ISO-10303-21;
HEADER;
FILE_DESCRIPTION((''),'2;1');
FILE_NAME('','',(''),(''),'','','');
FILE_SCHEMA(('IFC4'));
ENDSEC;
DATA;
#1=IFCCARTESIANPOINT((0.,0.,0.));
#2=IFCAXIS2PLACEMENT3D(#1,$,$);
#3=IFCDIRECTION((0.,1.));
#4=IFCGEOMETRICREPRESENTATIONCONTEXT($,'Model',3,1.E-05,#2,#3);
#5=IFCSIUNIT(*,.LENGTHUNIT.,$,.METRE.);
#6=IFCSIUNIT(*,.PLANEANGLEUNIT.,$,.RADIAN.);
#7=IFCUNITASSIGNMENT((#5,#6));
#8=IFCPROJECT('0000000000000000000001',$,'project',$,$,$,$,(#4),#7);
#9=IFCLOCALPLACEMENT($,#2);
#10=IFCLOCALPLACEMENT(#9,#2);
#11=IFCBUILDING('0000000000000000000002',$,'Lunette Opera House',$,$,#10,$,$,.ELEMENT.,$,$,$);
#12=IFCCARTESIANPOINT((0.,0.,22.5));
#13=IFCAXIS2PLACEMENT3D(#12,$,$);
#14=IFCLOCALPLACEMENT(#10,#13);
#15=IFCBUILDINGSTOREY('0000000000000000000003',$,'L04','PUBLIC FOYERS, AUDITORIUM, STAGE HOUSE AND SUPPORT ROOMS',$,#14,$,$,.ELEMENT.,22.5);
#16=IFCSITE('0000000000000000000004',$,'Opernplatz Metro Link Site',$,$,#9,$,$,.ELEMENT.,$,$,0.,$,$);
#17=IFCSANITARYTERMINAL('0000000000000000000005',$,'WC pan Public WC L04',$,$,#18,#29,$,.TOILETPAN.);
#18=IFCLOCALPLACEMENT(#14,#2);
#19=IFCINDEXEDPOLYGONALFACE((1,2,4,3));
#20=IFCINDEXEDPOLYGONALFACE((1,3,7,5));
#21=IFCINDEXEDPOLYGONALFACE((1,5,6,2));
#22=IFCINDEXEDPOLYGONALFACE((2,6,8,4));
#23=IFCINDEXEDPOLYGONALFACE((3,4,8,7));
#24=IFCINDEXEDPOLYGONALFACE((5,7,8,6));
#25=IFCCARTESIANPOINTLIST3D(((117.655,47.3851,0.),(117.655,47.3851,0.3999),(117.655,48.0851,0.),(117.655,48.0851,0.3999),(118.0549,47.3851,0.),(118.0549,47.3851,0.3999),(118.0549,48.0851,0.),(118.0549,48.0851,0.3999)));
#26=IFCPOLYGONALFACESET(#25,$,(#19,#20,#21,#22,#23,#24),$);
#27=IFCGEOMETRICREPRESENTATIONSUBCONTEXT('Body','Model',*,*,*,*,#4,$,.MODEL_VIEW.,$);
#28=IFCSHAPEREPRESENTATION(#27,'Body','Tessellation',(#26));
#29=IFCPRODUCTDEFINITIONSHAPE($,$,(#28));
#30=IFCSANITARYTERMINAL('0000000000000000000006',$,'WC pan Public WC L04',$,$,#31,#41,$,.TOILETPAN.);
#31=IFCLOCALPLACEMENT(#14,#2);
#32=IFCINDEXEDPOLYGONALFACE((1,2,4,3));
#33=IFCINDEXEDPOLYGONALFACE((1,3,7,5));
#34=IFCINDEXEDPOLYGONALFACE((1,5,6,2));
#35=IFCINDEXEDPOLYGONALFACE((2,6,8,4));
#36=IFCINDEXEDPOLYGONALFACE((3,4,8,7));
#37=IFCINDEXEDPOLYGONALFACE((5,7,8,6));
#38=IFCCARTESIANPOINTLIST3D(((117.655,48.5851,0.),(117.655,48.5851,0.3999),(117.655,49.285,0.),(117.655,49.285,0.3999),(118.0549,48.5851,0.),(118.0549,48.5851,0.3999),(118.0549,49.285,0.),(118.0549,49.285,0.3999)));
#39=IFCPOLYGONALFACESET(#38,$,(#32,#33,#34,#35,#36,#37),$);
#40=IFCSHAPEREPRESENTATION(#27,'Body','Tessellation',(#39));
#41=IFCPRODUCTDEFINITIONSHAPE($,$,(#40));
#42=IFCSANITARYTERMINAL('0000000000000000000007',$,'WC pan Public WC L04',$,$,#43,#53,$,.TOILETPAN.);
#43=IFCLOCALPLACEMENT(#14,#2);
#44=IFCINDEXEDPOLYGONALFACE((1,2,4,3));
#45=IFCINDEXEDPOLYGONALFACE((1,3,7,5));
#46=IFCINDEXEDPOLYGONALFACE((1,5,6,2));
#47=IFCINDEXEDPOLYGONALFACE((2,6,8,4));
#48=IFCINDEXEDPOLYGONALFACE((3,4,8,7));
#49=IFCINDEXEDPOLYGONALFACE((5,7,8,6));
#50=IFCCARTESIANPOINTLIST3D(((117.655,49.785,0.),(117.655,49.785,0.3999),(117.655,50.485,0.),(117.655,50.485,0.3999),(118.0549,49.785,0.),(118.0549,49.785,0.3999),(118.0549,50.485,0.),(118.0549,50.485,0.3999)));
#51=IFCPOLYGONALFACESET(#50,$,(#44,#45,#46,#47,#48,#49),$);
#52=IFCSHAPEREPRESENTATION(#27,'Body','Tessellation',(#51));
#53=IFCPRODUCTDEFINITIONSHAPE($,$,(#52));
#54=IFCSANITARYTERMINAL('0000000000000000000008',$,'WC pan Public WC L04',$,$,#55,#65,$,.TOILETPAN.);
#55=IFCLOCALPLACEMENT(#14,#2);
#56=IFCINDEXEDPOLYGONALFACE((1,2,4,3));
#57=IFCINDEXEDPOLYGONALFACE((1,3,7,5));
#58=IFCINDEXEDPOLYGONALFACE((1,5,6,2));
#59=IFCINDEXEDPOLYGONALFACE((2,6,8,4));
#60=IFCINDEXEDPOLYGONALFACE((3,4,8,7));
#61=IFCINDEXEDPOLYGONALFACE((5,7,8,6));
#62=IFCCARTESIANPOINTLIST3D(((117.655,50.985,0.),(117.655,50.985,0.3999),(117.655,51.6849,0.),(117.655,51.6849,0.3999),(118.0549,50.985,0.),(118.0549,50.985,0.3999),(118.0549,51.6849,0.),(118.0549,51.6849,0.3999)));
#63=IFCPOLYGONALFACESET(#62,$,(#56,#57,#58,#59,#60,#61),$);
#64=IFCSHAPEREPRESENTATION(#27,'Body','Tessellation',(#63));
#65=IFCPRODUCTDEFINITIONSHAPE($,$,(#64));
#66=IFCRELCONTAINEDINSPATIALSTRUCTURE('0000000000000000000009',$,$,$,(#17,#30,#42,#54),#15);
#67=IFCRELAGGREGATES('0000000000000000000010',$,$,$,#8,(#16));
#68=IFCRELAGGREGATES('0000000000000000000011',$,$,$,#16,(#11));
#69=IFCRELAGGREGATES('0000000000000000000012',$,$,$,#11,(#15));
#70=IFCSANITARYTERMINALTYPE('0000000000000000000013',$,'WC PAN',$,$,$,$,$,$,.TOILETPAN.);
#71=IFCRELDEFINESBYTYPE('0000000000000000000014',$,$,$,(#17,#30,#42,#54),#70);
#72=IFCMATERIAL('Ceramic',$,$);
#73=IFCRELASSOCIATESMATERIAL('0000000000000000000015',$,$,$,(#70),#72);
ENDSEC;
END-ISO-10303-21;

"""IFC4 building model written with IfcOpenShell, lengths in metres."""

from ifc_helpers import new_model, si_unit, direction, frame, origin, origin_2d, place, context, subcontext, project, spatial, rectangle, extrude, material, type_object, element, save


model = new_model("IFC4")

# Units and contexts
model_context = context("Model", 3, precision=1e-05, world=origin(), true_north=direction((0.0, 1.0)))
body_context = subcontext(model_context, "Body", "Model", "MODEL_VIEW")
ifc_project = project(units=[si_unit("LENGTHUNIT", "METRE"), si_unit("PLANEANGLEUNIT", "RADIAN")], contexts=[model_context])

# Site, building, storey
site_placement = place(None, origin())
site = spatial("IfcSite", under=ifc_project, at=site_placement, Name="Opernplatz Metro Link Site", CompositionType="ELEMENT", RefElevation=0.0)
building_placement = place(site_placement, origin())
building = spatial("IfcBuilding", under=site, at=building_placement, Name="Lunette Opera House", CompositionType="ELEMENT")
storey_placement = place(building_placement, frame((0.0, 0.0, 22.5)))
storey = spatial("IfcBuildingStorey", under=building, at=storey_placement, Name="L04", Description="PUBLIC FOYERS, AUDITORIUM, STAGE HOUSE AND SUPPORT ROOMS", CompositionType="ELEMENT", Elevation=22.5)

# Sanitary terminals
ifc_material_1 = material(Name="Ceramic")
sanitary_terminal_type_1 = type_object("IfcSanitaryTerminalType", Name="WC PAN", PredefinedType="TOILETPAN", material=ifc_material_1)
for number, where, z_axis, x_axis, name in (
    (1, (117.855, 47.7351, 0.0), (0.0, 0.0, 1.0), (1.0, 0.0, 0.0), "WC pan Public WC L04"),
    (2, (117.855, 48.9351, 0.0), (0.0, 0.0, 1.0), (1.0, 0.0, 0.0), "WC pan Public WC L04"),
    (3, (117.855, 50.135, 0.0), (0.0, 0.0, 1.0), (1.0, 0.0, 0.0), "WC pan Public WC L04"),
    (4, (117.855, 51.335, 0.0), (0.0, 0.0, 1.0), (1.0, 0.0, 0.0), "WC pan Public WC L04"),
):
    element("IfcSanitaryTerminal", number, at=place(storey_placement, frame(where, z_axis=z_axis, x_axis=x_axis)), inside=storey, type_object=sanitary_terminal_type_1, Name=name, PredefinedType="TOILETPAN", context=body_context, shape_type="SweptSolid", body=[
        extrude(rectangle(XDim=0.3999, YDim=0.7, at=origin_2d()), origin(), (0.0, 0.0, 1.0), 0.3999),
    ])

save(model, "model.ifc")
